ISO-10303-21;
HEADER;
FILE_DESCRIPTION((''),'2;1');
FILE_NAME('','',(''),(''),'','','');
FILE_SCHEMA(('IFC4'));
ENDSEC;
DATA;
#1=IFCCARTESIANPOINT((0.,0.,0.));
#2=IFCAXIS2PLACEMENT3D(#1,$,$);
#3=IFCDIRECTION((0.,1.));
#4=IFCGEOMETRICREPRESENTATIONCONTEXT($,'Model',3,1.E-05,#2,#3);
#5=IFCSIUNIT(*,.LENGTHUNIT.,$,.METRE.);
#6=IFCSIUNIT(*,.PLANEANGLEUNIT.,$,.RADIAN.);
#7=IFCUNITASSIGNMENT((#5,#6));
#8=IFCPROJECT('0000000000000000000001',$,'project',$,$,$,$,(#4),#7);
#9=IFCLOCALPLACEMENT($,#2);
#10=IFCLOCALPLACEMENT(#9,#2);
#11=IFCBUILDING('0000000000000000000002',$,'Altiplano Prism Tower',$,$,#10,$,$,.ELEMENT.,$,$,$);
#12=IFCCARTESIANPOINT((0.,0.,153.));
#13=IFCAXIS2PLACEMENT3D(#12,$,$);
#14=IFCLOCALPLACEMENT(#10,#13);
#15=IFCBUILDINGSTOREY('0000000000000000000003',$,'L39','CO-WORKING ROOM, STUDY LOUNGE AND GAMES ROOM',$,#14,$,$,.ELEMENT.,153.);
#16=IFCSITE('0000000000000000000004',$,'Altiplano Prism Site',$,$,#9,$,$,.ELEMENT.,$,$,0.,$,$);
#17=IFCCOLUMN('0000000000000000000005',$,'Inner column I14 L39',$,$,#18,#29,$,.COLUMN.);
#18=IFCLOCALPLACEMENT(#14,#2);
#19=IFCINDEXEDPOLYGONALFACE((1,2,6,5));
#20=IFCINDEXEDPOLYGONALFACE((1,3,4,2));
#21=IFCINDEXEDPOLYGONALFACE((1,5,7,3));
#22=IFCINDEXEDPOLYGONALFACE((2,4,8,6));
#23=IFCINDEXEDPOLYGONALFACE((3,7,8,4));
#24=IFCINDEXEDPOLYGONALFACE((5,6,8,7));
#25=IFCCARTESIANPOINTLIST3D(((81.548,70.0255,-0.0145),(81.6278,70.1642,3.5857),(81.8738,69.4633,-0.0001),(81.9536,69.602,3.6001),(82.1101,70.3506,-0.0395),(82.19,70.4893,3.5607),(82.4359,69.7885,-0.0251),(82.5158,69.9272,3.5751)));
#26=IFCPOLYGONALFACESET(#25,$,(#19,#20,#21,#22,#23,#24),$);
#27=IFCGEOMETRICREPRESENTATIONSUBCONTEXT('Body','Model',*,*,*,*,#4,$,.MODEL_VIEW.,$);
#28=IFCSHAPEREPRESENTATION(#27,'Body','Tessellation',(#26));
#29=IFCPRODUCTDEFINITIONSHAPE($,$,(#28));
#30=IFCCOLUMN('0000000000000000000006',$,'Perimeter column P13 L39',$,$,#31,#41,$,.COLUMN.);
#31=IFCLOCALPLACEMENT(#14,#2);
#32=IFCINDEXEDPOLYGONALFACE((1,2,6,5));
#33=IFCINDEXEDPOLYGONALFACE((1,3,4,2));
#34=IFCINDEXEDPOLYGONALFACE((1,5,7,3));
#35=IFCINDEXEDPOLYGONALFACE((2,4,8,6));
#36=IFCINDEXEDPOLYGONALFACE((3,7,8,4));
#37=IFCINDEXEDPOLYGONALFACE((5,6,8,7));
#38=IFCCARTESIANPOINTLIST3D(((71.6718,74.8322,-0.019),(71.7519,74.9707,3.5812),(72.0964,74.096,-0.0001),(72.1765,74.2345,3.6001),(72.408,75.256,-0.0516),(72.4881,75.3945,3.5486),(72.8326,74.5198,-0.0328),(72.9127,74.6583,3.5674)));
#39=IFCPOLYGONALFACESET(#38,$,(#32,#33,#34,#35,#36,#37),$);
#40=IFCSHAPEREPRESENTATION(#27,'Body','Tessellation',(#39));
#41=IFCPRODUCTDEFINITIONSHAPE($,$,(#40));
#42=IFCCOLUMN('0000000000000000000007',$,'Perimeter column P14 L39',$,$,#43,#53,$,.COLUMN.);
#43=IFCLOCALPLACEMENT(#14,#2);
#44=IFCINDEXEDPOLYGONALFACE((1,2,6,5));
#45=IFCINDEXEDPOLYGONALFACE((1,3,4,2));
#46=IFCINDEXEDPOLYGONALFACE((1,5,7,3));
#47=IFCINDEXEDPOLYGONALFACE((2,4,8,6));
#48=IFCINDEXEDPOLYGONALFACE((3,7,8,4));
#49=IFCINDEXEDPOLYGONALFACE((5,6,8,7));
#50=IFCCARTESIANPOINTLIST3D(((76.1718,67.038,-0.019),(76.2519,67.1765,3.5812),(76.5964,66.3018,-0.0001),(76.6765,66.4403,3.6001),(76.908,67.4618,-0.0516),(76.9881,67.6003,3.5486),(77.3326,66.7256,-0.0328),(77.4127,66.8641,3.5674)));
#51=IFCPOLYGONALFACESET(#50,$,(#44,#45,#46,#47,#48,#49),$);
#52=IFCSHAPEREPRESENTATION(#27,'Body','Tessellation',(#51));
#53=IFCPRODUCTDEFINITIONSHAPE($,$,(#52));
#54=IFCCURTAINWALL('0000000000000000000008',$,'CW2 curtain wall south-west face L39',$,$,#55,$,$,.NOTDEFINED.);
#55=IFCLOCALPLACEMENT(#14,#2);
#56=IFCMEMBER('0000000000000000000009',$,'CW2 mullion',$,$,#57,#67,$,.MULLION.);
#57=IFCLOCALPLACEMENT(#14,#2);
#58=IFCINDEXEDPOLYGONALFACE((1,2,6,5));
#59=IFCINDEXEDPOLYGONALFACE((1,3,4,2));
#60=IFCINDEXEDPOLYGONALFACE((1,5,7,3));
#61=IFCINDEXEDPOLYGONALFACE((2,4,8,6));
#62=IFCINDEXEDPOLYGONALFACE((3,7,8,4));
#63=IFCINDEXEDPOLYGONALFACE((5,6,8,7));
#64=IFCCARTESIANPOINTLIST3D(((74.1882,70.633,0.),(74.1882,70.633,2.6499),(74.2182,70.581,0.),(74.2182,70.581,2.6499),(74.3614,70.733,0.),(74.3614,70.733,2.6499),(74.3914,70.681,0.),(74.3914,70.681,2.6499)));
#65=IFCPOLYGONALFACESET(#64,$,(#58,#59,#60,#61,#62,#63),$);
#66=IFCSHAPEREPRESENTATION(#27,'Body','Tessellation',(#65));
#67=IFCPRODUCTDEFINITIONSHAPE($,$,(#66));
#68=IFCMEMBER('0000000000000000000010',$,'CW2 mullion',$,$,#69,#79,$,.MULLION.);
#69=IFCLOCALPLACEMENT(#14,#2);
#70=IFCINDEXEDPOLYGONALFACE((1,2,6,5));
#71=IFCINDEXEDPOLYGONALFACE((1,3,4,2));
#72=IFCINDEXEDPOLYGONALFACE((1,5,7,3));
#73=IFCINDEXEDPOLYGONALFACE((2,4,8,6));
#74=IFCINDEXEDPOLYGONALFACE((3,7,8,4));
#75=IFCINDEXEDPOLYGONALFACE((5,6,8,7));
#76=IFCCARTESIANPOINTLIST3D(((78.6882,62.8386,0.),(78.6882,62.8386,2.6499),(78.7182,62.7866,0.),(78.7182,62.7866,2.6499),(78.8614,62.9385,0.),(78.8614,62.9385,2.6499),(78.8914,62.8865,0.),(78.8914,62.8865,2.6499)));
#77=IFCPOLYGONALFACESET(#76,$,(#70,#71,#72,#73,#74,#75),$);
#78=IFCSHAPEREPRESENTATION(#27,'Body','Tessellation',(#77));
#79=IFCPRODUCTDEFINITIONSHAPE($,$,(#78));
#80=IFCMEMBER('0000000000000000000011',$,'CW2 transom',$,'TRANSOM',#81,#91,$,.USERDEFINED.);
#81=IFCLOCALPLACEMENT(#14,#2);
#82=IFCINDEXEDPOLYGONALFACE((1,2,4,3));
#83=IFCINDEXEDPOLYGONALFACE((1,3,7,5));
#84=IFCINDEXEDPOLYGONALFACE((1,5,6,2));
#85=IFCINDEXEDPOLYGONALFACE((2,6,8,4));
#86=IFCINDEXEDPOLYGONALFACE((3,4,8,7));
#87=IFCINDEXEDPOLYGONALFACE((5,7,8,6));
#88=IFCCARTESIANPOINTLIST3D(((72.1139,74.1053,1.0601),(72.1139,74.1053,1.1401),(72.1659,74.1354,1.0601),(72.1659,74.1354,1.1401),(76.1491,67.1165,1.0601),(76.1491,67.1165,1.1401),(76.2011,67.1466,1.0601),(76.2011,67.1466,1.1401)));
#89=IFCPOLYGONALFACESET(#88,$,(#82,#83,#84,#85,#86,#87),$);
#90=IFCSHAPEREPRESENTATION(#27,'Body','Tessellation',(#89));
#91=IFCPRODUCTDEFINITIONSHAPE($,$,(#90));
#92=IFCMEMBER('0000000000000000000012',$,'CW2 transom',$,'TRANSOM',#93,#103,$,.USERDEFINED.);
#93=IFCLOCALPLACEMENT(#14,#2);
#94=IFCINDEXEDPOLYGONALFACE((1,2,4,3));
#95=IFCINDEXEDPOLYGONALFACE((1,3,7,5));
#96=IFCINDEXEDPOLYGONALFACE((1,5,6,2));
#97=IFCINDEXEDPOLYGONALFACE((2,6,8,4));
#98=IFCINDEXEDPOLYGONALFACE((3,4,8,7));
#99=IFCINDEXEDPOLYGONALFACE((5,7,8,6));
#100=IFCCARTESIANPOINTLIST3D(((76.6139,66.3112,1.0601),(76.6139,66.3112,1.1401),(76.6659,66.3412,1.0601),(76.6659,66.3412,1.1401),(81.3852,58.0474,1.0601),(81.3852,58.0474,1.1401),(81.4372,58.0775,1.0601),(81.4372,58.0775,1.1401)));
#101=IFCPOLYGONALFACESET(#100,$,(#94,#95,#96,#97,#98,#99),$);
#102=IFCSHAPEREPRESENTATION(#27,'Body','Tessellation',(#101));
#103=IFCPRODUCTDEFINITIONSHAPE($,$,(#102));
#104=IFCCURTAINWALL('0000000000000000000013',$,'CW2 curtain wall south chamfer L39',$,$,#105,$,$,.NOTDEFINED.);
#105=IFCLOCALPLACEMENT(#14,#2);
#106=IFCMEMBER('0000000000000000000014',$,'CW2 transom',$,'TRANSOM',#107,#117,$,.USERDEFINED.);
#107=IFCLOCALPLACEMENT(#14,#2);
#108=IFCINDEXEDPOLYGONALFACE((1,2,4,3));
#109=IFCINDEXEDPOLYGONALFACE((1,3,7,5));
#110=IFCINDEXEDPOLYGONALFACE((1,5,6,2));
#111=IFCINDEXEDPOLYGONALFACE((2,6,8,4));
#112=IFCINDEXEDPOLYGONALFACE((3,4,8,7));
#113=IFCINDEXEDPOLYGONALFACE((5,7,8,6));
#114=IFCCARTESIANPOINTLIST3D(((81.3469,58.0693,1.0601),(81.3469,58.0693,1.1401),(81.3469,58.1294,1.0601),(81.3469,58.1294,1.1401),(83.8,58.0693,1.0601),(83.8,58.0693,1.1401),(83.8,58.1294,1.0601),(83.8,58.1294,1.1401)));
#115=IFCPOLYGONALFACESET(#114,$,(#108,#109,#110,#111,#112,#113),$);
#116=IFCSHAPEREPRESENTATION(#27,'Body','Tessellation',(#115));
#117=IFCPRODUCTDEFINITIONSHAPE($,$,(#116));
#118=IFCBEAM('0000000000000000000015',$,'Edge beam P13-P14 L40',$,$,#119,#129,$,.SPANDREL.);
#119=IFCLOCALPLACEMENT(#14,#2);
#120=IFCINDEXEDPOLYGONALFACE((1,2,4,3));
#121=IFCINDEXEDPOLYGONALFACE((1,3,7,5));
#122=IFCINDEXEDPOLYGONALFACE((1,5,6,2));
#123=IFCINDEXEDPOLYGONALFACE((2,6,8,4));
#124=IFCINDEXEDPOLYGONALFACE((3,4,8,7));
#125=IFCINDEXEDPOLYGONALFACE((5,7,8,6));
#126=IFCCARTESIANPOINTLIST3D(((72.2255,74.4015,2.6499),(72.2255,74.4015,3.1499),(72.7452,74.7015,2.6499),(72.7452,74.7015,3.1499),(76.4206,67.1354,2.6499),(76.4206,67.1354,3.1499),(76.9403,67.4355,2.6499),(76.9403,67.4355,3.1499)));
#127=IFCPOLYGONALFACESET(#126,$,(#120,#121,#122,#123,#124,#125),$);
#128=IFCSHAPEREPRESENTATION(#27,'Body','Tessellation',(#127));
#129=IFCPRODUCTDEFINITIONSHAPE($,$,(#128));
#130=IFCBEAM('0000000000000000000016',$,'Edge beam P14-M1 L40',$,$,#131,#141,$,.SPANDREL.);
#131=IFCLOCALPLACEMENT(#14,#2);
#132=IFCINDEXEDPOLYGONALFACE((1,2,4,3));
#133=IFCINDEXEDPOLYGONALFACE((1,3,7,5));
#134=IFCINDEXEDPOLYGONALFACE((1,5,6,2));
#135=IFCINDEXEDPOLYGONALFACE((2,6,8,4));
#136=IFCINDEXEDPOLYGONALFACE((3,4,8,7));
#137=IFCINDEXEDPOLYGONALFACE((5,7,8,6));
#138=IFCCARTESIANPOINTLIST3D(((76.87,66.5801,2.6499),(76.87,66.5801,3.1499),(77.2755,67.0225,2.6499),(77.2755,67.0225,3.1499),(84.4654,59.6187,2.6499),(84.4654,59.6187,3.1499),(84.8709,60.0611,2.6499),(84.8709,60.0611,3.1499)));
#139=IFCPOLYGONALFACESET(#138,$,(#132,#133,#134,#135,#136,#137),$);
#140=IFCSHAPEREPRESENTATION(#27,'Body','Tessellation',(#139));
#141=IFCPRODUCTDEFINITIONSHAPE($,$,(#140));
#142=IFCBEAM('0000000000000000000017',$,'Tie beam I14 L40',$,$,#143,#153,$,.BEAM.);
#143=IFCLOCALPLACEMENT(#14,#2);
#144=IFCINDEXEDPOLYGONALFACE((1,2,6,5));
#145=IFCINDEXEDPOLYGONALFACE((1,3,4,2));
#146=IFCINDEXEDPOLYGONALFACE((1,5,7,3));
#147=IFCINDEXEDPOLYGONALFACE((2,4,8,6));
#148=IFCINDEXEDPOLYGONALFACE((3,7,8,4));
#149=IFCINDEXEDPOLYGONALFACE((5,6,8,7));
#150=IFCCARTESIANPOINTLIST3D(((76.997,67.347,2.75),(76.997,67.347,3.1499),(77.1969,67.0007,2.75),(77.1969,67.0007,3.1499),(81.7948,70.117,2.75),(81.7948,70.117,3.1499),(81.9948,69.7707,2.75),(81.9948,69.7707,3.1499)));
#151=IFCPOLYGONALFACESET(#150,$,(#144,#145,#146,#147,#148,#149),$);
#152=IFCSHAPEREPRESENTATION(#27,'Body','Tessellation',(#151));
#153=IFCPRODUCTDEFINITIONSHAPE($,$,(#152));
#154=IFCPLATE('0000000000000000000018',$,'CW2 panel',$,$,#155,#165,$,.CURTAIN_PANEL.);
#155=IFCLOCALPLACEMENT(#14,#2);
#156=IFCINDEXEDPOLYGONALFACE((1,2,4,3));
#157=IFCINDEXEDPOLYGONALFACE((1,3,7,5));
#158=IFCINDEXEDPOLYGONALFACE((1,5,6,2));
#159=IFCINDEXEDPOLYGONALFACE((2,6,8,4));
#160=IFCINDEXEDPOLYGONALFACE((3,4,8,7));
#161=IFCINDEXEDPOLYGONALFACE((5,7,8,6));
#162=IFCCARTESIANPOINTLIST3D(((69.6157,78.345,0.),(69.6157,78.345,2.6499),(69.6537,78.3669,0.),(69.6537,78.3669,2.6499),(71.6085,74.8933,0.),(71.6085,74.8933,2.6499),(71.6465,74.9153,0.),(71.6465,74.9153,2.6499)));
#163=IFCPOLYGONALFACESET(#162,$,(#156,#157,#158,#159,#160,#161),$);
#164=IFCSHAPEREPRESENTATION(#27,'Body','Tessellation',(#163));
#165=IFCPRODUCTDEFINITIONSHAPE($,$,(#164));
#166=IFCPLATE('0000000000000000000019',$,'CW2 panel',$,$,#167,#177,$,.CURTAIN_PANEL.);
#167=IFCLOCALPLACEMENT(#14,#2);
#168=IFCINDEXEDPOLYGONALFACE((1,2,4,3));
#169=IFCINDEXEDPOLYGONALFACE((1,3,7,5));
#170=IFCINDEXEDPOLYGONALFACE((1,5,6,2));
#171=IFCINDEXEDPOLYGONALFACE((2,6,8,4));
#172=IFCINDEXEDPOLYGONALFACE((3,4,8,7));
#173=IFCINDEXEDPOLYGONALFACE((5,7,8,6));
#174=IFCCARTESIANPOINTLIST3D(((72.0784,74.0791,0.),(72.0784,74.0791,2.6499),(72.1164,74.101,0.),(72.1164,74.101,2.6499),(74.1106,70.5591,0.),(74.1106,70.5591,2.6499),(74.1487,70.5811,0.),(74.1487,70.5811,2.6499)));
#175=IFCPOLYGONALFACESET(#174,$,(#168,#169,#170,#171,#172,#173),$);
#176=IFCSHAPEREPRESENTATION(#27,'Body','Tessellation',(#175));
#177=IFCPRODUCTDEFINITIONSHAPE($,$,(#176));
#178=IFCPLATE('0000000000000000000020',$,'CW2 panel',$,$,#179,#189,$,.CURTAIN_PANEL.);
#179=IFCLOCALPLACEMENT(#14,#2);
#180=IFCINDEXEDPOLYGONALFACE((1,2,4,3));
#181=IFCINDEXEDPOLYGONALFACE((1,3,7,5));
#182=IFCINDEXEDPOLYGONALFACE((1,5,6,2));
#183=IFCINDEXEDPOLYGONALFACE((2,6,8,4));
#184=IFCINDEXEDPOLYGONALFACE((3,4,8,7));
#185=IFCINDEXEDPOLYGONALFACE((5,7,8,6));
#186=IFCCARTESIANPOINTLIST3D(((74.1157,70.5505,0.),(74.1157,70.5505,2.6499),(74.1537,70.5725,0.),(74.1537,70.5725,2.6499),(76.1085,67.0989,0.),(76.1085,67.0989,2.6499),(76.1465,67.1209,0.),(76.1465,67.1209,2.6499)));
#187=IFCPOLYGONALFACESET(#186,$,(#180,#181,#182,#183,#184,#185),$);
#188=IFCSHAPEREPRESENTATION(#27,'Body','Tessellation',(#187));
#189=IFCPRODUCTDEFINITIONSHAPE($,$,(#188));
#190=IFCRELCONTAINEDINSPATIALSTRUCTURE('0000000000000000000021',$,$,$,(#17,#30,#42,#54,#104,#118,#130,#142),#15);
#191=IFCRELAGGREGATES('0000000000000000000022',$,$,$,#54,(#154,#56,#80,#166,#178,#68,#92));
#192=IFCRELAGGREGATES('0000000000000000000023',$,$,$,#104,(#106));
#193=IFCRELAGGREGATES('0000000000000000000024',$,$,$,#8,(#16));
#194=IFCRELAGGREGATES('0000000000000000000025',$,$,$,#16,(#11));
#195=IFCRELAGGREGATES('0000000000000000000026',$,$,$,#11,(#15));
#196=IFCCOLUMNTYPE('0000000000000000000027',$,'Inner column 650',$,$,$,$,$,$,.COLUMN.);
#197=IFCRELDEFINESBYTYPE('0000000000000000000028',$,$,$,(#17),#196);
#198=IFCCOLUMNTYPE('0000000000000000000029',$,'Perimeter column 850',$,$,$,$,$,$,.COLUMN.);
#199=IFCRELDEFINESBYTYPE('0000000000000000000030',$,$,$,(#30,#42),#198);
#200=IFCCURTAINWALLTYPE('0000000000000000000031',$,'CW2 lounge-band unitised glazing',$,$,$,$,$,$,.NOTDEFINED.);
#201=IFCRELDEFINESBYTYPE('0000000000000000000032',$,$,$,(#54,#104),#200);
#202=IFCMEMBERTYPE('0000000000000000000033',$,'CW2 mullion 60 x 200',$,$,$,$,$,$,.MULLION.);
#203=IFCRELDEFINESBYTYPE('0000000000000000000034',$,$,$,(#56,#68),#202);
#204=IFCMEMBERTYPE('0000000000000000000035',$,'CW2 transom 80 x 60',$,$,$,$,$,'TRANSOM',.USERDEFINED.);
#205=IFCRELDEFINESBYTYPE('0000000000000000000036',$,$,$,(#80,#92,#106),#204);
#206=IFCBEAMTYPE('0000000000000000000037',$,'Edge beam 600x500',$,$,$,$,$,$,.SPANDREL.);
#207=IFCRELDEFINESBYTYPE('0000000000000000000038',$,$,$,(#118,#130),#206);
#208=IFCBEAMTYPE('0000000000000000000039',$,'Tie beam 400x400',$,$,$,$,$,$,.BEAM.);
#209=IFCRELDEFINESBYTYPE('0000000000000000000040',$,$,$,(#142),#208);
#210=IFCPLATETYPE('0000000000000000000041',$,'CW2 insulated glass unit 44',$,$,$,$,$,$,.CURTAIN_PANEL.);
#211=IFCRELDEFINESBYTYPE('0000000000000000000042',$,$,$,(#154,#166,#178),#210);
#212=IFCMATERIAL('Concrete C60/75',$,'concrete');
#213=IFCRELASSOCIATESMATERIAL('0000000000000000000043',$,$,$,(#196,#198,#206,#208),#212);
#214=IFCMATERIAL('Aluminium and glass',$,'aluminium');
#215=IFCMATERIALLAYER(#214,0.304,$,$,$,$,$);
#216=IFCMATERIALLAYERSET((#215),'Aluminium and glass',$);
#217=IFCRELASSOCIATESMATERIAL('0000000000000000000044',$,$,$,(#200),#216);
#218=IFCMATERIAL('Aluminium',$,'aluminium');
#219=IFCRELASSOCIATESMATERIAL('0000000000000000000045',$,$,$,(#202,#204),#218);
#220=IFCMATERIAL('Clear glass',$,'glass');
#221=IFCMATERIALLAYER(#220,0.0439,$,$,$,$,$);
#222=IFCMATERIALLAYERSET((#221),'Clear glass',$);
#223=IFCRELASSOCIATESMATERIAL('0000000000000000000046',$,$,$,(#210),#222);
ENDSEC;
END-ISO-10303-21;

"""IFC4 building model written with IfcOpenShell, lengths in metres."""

from ifc_helpers import new_model, si_unit, direction, frame, origin, origin_2d, place, context, subcontext, project, spatial, rectangle, extrude, material, layer, layer_set, material_profile, profile_set, type_object, element, aggregate, save


model = new_model("IFC4")

# Units and contexts
model_context = context("Model", 3, precision=1e-05, world=origin(), true_north=direction((0.0, 1.0)))
body_context = subcontext(model_context, "Body", "Model", "MODEL_VIEW")
ifc_project = project(units=[si_unit("LENGTHUNIT", "METRE"), si_unit("PLANEANGLEUNIT", "RADIAN")], contexts=[model_context])

# Site, building, storey
site_placement = place(None, origin())
site = spatial("IfcSite", under=ifc_project, at=site_placement, Name="Altiplano Prism Site", CompositionType="ELEMENT", RefElevation=0.0)
building_placement = place(site_placement, origin())
building = spatial("IfcBuilding", under=site, at=building_placement, Name="Altiplano Prism Tower", CompositionType="ELEMENT")
storey_placement = place(building_placement, frame((0.0, 0.0, 153.0)))
storey = spatial("IfcBuildingStorey", under=building, at=storey_placement, Name="L39", Description="CO-WORKING ROOM, STUDY LOUNGE AND GAMES ROOM", CompositionType="ELEMENT", Elevation=153.0)

# Columns
ifc_material_1 = material(Name="Concrete C60/75", Category="concrete")
ifc_material_profile_1 = material_profile(ifc_material_1, rectangle(XDim=0.6499, YDim=0.6499, at=origin_2d()), Name="Inner column 650")
ifc_profile_set_1 = profile_set([ifc_material_profile_1], Name="Concrete C60/75")
column_type_1 = type_object("IfcColumnType", Name="Inner column 650", PredefinedType="COLUMN", material=ifc_profile_set_1)
column_placement = place(storey_placement, frame((81.9919, 69.907, -0.0198), z_axis=(0.022154, 0.038481, 0.999014), x_axis=(-0.86498, -0.500331, 0.038454)))
element("IfcColumn", 1, at=column_placement, inside=storey, type_object=column_type_1, Name="Inner column I14 L39", PredefinedType="COLUMN", context=body_context, shape_type="SweptSolid", body=[
    extrude(rectangle(XDim=0.6499, YDim=0.6499, at=origin_2d()), origin(), (0.0, 0.0, 1.0), 3.6038),
])
ifc_material_profile_2 = material_profile(ifc_material_1, rectangle(XDim=0.8501, YDim=0.8501, at=origin_2d()), Name="Perimeter column 850")
ifc_profile_set_2 = profile_set([ifc_material_profile_2], Name="Concrete C60/75")
column_type_2 = type_object("IfcColumnType", Name="Perimeter column 850", PredefinedType="COLUMN", material=ifc_profile_set_2)
for number, where, z_axis, x_axis, name in (
    (2, (72.2522, 74.676, -0.0259), (0.022221, 0.038413, 0.999015), (-0.866021, -0.498528, 0.038432), "Perimeter column P13 L39"),
    (3, (76.7522, 66.8818, -0.0259), (0.022221, 0.038413, 0.999015), (-0.866021, -0.498528, 0.038432), "Perimeter column P14 L39"),
):
    element("IfcColumn", number, at=place(storey_placement, frame(where, z_axis=z_axis, x_axis=x_axis)), inside=storey, type_object=column_type_2, Name=name, PredefinedType="COLUMN", context=body_context, shape_type="SweptSolid", body=[
        extrude(rectangle(XDim=0.8501, YDim=0.8501, at=origin_2d()), origin(), (0.0, 0.0, 1.0), 3.6038),
    ])

# Curtain wall, members
ifc_material_2 = material(Name="Aluminium and glass", Category="aluminium")
ifc_layer_1 = layer(ifc_material_2, 0.304)
ifc_layer_set_1 = layer_set([ifc_layer_1], Name="Aluminium and glass")
curtain_wall_type = type_object("IfcCurtainWallType", Name="CW2 lounge-band unitised glazing", PredefinedType="NOTDEFINED", material=ifc_layer_set_1)
curtain_wall_1_placement = place(storey_placement, origin())
curtain_wall_1 = element("IfcCurtainWall", 4, at=curtain_wall_1_placement, inside=storey, type_object=curtain_wall_type, Name="CW2 curtain wall south-west face L39", PredefinedType="NOTDEFINED")
ifc_material_3 = material(Name="Aluminium", Category="aluminium")
ifc_material_profile_3 = material_profile(ifc_material_3, rectangle(XDim=0.2, YDim=0.0601, at=origin_2d()), Name="CW2 mullion 60 x 200")
ifc_profile_set_3 = profile_set([ifc_material_profile_3], Name="Aluminium")
member_type_1 = type_object("IfcMemberType", Name="CW2 mullion 60 x 200", PredefinedType="MULLION", material=ifc_profile_set_3)
member_1_placement = place(storey_placement, frame((74.2898, 70.657, 0.0), z_axis=(0.0, 0.0, 1.0), x_axis=(0.866025, 0.5, 0.0)))
member_1 = element("IfcMember", 5, at=member_1_placement, type_object=member_type_1, Name="CW2 mullion", PredefinedType="MULLION", context=body_context, shape_type="SweptSolid", body=[
    extrude(rectangle(XDim=0.2, YDim=0.0601, at=origin_2d()), origin(), (0.0, 0.0, 1.0), 2.6499),
])
member_2_placement = place(storey_placement, frame((78.7898, 62.8625, 0.0), z_axis=(0.0, 0.0, 1.0), x_axis=(0.866025, 0.5, 0.0)))
member_2 = element("IfcMember", 6, at=member_2_placement, type_object=member_type_1, Name="CW2 mullion", PredefinedType="MULLION", context=body_context, shape_type="SweptSolid", body=[
    extrude(rectangle(XDim=0.2, YDim=0.0601, at=origin_2d()), origin(), (0.0, 0.0, 1.0), 2.6499),
])
ifc_material_profile_4 = material_profile(ifc_material_3, rectangle(XDim=0.0601, YDim=0.0801, at=origin_2d()), Name="CW2 transom 80 x 60")
ifc_profile_set_4 = profile_set([ifc_material_profile_4], Name="Aluminium")
member_type_2 = type_object("IfcMemberType", Name="CW2 transom 80 x 60", ElementType="TRANSOM", PredefinedType="USERDEFINED", material=ifc_profile_set_4)
member_3_placement = place(storey_placement, frame((72.1399, 74.1204, 1.1001), z_axis=(0.500017, -0.866015, 0.0), x_axis=(0.866015, 0.500017, 0.0)))
member_3 = element("IfcMember", 7, at=member_3_placement, type_object=member_type_2, Name="CW2 transom", ObjectType="TRANSOM", PredefinedType="USERDEFINED", context=body_context, shape_type="SweptSolid", body=[
    extrude(rectangle(XDim=0.0601, YDim=0.0801, at=origin_2d()), origin(), (0.0, 0.0, 1.0), 8.0701),
])
member_4_placement = place(storey_placement, frame((76.6399, 66.3262, 1.1001), z_axis=(0.500016, -0.866016, 0.0), x_axis=(0.866016, 0.500016, 0.0)))
member_4 = element("IfcMember", 8, at=member_4_placement, type_object=member_type_2, Name="CW2 transom", ObjectType="TRANSOM", PredefinedType="USERDEFINED", context=body_context, shape_type="SweptSolid", body=[
    extrude(rectangle(XDim=0.0601, YDim=0.0801, at=origin_2d()), origin(), (0.0, 0.0, 1.0), 9.5422),
])

# Curtain wall, member
curtain_wall_2_placement = place(storey_placement, origin())
curtain_wall_2 = element("IfcCurtainWall", 9, at=curtain_wall_2_placement, inside=storey, type_object=curtain_wall_type, Name="CW2 curtain wall south chamfer L39", PredefinedType="NOTDEFINED")
member_5_placement = place(storey_placement, frame((81.3469, 58.0994, 1.1001), z_axis=(1.0, 0.0, 0.0), x_axis=(0.0, 1.0, 0.0)))
member_5 = element("IfcMember", 10, at=member_5_placement, type_object=member_type_2, Name="CW2 transom", ObjectType="TRANSOM", PredefinedType="USERDEFINED", context=body_context, shape_type="SweptSolid", body=[
    extrude(rectangle(XDim=0.0601, YDim=0.0801, at=origin_2d()), origin(), (0.0, 0.0, 1.0), 2.4531),
])

# Beams
ifc_material_profile_5 = material_profile(ifc_material_1, rectangle(XDim=0.6001, YDim=0.5, at=origin_2d()), Name="Edge beam 600x500")
ifc_profile_set_5 = profile_set([ifc_material_profile_5], Name="Concrete C60/75")
beam_type_1 = type_object("IfcBeamType", Name="Edge beam 600x500", PredefinedType="SPANDREL", material=ifc_profile_set_5)
beam_1_placement = place(storey_placement, frame((72.4854, 74.5515, 2.8999), z_axis=(0.499998, -0.866027, 0.0), x_axis=(0.866027, 0.499998, 0.0)))
element("IfcBeam", 11, at=beam_1_placement, inside=storey, type_object=beam_type_1, Name="Edge beam P13-P14 L40", PredefinedType="SPANDREL", context=body_context, shape_type="SweptSolid", body=[
    extrude(rectangle(XDim=0.6001, YDim=0.5, at=origin_2d()), origin(), (0.0, 0.0, 1.0), 8.3901),
])
beam_2_placement = place(storey_placement, frame((77.0728, 66.8013, 2.8999), z_axis=(0.737206, -0.675668, 0.0), x_axis=(0.675668, 0.737206, 0.0)))
element("IfcBeam", 12, at=beam_2_placement, inside=storey, type_object=beam_type_1, Name="Edge beam P14-M1 L40", PredefinedType="SPANDREL", context=body_context, shape_type="SweptSolid", body=[
    extrude(rectangle(XDim=0.6001, YDim=0.5, at=origin_2d()), origin(), (0.0, 0.0, 1.0), 10.303),
])
ifc_material_profile_6 = material_profile(ifc_material_1, rectangle(XDim=0.3999, YDim=0.3999, at=origin_2d()), Name="Tie beam 400x400")
ifc_profile_set_6 = profile_set([ifc_material_profile_6], Name="Concrete C60/75")
beam_type_2 = type_object("IfcBeamType", Name="Tie beam 400x400", PredefinedType="BEAM", material=ifc_profile_set_6)
beam_3_placement = place(storey_placement, frame((81.8948, 69.9438, 2.95), z_axis=(-0.866027, -0.499997, 0.0), x_axis=(0.499997, -0.866027, 0.0)))
element("IfcBeam", 13, at=beam_3_placement, inside=storey, type_object=beam_type_2, Name="Tie beam I14 L40", PredefinedType="BEAM", context=body_context, shape_type="SweptSolid", body=[
    extrude(rectangle(XDim=0.3999, YDim=0.3999, at=origin_2d()), origin(), (0.0, 0.0, 1.0), 5.54),
])

# Plates
ifc_material_4 = material(Name="Clear glass", Category="glass")
ifc_layer_2 = layer(ifc_material_4, 0.0439)
ifc_layer_set_2 = layer_set([ifc_layer_2], Name="Clear glass")
plate_type = type_object("IfcPlateType", Name="CW2 insulated glass unit 44", PredefinedType="CURTAIN_PANEL", material=ifc_layer_set_2)
plate_1_placement = place(storey_placement, frame((70.6311, 76.6301, 0.0), z_axis=(0.0, 0.0, 1.0), x_axis=(0.5, -0.866025, 0.0)))
plate_1 = element("IfcPlate", 14, at=plate_1_placement, type_object=plate_type, Name="CW2 panel", PredefinedType="CURTAIN_PANEL", context=body_context, shape_type="SweptSolid", body=[
    extrude(rectangle(XDim=3.9856, YDim=0.0439, at=origin_2d()), origin(), (0.0, 0.0, 1.0), 2.6499),
])
plate_2_placement = place(storey_placement, frame((73.1135, 72.3301, 0.0), z_axis=(0.0, 0.0, 1.0), x_axis=(0.5, -0.866025, 0.0)))
plate_2 = element("IfcPlate", 15, at=plate_2_placement, type_object=plate_type, Name="CW2 panel", PredefinedType="CURTAIN_PANEL", context=body_context, shape_type="SweptSolid", body=[
    extrude(rectangle(XDim=4.0645, YDim=0.0439, at=origin_2d()), origin(), (0.0, 0.0, 1.0), 2.6499),
])
plate_3_placement = place(storey_placement, frame((75.1311, 68.8357, 0.0), z_axis=(0.0, 0.0, 1.0), x_axis=(0.5, -0.866025, 0.0)))
plate_3 = element("IfcPlate", 16, at=plate_3_placement, type_object=plate_type, Name="CW2 panel", PredefinedType="CURTAIN_PANEL", context=body_context, shape_type="SweptSolid", body=[
    extrude(rectangle(XDim=3.9856, YDim=0.0439, at=origin_2d()), origin(), (0.0, 0.0, 1.0), 2.6499),
])
aggregate(curtain_wall_1, [plate_1, member_1, member_3, plate_2, plate_3, member_2, member_4])
aggregate(curtain_wall_2, [member_5])

save(model, "model.ifc")
